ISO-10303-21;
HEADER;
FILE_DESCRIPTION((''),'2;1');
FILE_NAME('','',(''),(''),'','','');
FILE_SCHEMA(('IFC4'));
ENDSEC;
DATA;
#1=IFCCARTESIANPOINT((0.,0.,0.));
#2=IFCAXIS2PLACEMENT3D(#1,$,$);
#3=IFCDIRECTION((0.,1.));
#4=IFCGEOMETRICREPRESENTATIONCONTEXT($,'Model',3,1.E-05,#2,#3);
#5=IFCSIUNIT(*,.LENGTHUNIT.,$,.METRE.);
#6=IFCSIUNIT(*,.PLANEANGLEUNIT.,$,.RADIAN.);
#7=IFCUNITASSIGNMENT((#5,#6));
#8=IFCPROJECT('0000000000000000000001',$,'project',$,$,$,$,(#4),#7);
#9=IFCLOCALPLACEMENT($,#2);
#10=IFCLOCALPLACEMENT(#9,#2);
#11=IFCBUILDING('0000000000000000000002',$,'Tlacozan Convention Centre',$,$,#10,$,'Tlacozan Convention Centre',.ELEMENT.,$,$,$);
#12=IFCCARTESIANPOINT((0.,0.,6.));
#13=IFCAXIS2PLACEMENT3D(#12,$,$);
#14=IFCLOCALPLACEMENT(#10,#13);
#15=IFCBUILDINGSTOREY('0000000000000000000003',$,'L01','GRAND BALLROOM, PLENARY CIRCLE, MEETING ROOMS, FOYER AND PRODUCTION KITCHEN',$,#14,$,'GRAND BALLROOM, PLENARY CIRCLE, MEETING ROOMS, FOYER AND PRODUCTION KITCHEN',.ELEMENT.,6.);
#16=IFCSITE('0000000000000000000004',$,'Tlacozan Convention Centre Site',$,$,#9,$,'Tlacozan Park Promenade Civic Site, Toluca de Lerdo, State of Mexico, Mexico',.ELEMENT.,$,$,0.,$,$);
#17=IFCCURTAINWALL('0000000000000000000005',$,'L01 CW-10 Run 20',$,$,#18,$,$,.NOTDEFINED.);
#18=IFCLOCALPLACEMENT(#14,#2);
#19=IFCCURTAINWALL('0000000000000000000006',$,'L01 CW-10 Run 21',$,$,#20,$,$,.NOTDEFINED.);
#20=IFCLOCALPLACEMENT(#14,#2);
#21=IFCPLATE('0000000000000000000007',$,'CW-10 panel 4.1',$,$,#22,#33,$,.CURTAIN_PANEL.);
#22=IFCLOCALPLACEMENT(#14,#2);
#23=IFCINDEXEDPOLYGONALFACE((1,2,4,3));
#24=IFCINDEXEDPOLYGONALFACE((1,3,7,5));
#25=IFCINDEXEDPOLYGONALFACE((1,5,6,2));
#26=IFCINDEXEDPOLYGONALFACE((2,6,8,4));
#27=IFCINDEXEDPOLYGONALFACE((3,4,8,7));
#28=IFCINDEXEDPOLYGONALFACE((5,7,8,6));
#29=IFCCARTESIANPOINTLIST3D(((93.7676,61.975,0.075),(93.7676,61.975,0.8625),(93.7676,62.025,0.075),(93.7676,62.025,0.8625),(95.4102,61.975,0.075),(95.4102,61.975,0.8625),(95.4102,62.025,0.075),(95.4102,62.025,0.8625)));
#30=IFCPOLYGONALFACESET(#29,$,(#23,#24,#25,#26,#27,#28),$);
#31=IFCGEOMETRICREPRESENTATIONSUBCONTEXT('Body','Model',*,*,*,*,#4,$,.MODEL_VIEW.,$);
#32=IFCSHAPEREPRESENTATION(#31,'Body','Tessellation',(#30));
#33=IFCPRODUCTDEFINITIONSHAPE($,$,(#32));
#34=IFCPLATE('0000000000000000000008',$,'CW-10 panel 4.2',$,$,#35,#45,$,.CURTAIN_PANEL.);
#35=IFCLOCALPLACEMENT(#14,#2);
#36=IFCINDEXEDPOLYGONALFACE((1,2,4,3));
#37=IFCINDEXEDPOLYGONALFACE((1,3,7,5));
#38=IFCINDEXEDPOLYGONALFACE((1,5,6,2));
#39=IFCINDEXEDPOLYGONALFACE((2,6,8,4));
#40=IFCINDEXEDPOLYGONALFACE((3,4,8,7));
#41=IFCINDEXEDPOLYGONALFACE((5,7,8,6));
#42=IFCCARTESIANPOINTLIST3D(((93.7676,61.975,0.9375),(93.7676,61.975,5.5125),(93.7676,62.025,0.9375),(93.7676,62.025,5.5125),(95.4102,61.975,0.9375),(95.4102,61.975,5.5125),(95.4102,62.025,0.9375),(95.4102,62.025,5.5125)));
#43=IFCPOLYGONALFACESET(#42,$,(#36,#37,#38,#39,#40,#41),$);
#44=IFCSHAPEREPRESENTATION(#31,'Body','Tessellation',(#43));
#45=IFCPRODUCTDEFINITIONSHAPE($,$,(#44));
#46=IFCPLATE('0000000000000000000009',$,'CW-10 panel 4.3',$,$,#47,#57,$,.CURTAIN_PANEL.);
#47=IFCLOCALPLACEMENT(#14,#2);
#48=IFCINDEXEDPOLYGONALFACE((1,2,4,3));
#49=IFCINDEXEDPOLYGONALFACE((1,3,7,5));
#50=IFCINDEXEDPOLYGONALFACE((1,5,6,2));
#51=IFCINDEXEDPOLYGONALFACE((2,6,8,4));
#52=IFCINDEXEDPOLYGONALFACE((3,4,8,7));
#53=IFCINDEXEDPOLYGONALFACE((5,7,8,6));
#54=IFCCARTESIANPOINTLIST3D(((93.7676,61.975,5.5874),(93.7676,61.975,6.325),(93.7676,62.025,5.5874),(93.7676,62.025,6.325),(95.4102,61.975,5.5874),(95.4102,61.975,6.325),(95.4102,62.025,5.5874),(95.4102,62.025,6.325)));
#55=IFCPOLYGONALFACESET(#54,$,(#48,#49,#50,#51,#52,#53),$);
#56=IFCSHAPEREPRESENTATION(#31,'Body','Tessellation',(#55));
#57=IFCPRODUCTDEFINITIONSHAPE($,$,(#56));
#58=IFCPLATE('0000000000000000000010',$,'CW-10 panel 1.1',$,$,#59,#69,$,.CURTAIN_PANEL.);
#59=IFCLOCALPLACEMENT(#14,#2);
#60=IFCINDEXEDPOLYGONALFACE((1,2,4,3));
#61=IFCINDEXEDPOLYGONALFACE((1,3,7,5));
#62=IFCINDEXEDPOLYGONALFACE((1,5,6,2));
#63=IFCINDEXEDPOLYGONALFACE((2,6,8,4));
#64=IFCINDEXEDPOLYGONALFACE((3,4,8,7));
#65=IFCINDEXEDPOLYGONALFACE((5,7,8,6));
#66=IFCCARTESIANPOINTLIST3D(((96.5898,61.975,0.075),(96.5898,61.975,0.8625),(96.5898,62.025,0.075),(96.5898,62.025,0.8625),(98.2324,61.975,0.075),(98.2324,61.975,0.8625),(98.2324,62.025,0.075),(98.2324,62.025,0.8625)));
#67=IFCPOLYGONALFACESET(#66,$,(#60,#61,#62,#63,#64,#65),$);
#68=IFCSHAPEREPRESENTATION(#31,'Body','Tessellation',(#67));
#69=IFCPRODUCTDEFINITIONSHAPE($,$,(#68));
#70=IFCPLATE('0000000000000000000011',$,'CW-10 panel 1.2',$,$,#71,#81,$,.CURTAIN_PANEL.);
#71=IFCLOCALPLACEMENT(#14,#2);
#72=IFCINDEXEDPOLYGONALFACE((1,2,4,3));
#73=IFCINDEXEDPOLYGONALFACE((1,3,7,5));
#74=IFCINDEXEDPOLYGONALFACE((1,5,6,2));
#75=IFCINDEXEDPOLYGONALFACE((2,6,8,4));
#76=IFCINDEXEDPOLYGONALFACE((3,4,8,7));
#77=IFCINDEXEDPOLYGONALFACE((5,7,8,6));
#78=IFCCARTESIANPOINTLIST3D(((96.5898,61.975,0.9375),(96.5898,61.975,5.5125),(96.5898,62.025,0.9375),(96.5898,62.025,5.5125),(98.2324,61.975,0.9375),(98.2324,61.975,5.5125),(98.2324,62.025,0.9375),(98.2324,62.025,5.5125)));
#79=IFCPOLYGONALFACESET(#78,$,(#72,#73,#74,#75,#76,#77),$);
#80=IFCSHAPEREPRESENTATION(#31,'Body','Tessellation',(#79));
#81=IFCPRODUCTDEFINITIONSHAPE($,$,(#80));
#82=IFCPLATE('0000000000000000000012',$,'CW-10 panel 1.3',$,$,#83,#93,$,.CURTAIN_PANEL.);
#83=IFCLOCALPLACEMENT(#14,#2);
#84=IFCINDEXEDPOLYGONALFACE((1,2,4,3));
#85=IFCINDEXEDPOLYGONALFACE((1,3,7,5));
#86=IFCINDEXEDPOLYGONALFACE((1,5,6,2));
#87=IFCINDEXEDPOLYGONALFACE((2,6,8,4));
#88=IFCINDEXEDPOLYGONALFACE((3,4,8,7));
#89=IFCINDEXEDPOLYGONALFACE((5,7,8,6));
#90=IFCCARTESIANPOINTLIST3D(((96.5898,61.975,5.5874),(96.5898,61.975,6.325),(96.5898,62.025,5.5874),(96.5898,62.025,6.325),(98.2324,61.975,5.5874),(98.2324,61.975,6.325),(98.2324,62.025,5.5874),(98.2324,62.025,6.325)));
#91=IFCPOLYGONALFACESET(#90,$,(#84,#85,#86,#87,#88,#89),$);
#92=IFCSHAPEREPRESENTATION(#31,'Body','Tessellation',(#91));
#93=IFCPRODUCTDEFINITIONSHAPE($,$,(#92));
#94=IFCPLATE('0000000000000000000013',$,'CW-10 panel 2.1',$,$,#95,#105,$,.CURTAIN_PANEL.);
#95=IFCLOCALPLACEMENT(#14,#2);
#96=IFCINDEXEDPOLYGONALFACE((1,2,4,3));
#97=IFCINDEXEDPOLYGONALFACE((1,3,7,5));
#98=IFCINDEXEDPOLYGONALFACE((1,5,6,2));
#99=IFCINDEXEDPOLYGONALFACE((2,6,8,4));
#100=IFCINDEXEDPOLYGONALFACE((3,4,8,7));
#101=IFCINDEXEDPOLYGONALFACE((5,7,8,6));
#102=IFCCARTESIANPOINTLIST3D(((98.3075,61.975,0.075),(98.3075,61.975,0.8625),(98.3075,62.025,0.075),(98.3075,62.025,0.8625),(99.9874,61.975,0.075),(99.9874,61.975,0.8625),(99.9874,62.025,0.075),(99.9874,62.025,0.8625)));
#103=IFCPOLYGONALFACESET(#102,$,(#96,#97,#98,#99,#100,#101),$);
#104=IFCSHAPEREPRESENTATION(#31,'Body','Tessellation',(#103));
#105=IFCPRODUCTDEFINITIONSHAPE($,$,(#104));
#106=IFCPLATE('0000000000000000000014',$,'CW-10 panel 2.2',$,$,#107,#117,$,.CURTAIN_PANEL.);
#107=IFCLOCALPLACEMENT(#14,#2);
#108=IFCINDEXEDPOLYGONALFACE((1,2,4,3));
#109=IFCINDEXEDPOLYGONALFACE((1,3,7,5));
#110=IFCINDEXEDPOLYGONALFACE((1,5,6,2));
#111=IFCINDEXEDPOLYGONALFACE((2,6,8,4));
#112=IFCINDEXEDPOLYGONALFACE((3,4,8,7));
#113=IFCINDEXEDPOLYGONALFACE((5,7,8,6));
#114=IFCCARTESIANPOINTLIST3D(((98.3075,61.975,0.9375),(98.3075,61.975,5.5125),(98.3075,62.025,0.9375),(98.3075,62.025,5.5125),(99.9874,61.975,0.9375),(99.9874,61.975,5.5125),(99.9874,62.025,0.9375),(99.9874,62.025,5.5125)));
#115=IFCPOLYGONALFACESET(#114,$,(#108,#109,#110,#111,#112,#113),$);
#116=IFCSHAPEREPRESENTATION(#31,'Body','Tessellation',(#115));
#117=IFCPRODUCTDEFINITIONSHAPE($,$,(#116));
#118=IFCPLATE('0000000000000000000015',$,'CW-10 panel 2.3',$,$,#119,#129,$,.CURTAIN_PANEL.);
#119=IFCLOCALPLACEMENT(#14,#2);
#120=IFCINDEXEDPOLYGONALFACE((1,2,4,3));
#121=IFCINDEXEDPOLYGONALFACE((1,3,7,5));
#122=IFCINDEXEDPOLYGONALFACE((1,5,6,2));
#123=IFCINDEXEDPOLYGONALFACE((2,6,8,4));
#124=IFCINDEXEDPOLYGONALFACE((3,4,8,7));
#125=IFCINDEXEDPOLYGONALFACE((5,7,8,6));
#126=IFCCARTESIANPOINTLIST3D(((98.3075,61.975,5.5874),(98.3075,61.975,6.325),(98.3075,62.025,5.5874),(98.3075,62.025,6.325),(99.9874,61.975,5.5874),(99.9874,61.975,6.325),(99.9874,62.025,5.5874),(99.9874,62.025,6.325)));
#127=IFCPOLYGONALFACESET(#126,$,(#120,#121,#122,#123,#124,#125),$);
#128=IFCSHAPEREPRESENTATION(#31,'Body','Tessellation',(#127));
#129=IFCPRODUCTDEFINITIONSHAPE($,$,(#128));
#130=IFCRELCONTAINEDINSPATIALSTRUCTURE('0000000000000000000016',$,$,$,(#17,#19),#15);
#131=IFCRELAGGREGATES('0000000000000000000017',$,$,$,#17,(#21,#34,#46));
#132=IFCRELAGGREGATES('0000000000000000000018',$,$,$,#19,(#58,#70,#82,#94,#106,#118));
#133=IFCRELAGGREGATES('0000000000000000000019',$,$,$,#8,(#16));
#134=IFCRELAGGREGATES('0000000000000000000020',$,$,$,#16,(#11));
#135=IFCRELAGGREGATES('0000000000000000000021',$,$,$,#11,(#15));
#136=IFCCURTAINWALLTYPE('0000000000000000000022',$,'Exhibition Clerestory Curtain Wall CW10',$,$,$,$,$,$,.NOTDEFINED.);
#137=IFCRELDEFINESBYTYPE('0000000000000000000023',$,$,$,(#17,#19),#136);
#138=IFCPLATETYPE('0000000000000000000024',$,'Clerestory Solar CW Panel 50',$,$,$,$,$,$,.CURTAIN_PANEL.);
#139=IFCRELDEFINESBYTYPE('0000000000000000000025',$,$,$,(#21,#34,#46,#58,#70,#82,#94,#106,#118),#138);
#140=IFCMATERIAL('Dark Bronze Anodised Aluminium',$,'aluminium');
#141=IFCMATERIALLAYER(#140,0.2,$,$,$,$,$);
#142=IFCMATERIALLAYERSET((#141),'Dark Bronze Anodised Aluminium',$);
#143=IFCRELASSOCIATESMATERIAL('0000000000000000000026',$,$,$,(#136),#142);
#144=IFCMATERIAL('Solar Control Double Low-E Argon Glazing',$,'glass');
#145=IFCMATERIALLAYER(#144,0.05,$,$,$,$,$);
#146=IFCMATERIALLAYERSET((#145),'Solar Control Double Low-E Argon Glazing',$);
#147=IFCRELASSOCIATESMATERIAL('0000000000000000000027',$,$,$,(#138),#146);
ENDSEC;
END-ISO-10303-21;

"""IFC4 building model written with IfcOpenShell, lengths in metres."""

from ifc_helpers import new_model, si_unit, direction, frame, origin, origin_2d, place, context, subcontext, project, spatial, rectangle, extrude, material, layer, layer_set, type_object, element, aggregate, save


model = new_model("IFC4")

# Units and contexts
model_context = context("Model", 3, precision=1e-05, world=origin(), true_north=direction((0.0, 1.0)))
body_context = subcontext(model_context, "Body", "Model", "MODEL_VIEW")
ifc_project = project(units=[si_unit("LENGTHUNIT", "METRE"), si_unit("PLANEANGLEUNIT", "RADIAN")], contexts=[model_context])

# Site, building, storey
site_placement = place(None, origin())
site = spatial("IfcSite", under=ifc_project, at=site_placement, Name="Tlacozan Convention Centre Site", LongName="Tlacozan Park Promenade Civic Site, Toluca de Lerdo, State of Mexico, Mexico", CompositionType="ELEMENT", RefElevation=0.0)
building_placement = place(site_placement, origin())
building = spatial("IfcBuilding", under=site, at=building_placement, Name="Tlacozan Convention Centre", LongName="Tlacozan Convention Centre", CompositionType="ELEMENT")
storey_placement = place(building_placement, frame((0.0, 0.0, 6.0)))
storey = spatial("IfcBuildingStorey", under=building, at=storey_placement, Name="L01", Description="GRAND BALLROOM, PLENARY CIRCLE, MEETING ROOMS, FOYER AND PRODUCTION KITCHEN", LongName="GRAND BALLROOM, PLENARY CIRCLE, MEETING ROOMS, FOYER AND PRODUCTION KITCHEN", CompositionType="ELEMENT", Elevation=6.0)

# Curtain wall
ifc_material_1 = material(Name="Dark Bronze Anodised Aluminium", Category="aluminium")
ifc_layer_1 = layer(ifc_material_1, 0.2)
ifc_layer_set_1 = layer_set([ifc_layer_1], Name="Dark Bronze Anodised Aluminium")
curtain_wall_type = type_object("IfcCurtainWallType", Name="Exhibition Clerestory Curtain Wall CW10", PredefinedType="NOTDEFINED", material=ifc_layer_set_1)
curtain_wall_1_placement = place(storey_placement, origin())
curtain_wall_1 = element("IfcCurtainWall", 1, at=curtain_wall_1_placement, inside=storey, type_object=curtain_wall_type, Name="L01 CW-10 Run 20", PredefinedType="NOTDEFINED")

# Curtain wall
curtain_wall_2_placement = place(storey_placement, origin())
curtain_wall_2 = element("IfcCurtainWall", 2, at=curtain_wall_2_placement, inside=storey, type_object=curtain_wall_type, Name="L01 CW-10 Run 21", PredefinedType="NOTDEFINED")

# Plates
ifc_material_2 = material(Name="Solar Control Double Low-E Argon Glazing", Category="glass")
ifc_layer_2 = layer(ifc_material_2, 0.05)
ifc_layer_set_2 = layer_set([ifc_layer_2], Name="Solar Control Double Low-E Argon Glazing")
plate_type = type_object("IfcPlateType", Name="Clerestory Solar CW Panel 50", PredefinedType="CURTAIN_PANEL", material=ifc_layer_set_2)
plate_1_placement = place(storey_placement, frame((94.5889, 62.0, 0.075), z_axis=(0.0, 0.0, 1.0), x_axis=(1.0, 0.0, 0.0)))
plate_1 = element("IfcPlate", 3, at=plate_1_placement, type_object=plate_type, Name="CW-10 panel 4.1", PredefinedType="CURTAIN_PANEL", context=body_context, shape_type="SweptSolid", body=[
    extrude(rectangle(XDim=1.6426, YDim=0.05, at=origin_2d()), origin(), (0.0, 0.0, 1.0), 0.7876),
])
plate_2_placement = place(storey_placement, frame((94.5889, 62.0, 0.9375), z_axis=(0.0, 0.0, 1.0), x_axis=(1.0, 0.0, 0.0)))
plate_2 = element("IfcPlate", 4, at=plate_2_placement, type_object=plate_type, Name="CW-10 panel 4.2", PredefinedType="CURTAIN_PANEL", context=body_context, shape_type="SweptSolid", body=[
    extrude(rectangle(XDim=1.6426, YDim=0.05, at=origin_2d()), origin(), (0.0, 0.0, 1.0), 4.575),
])
plate_3_placement = place(storey_placement, frame((94.5889, 62.0, 5.5874), z_axis=(0.0, 0.0, 1.0), x_axis=(1.0, 0.0, 0.0)))
plate_3 = element("IfcPlate", 5, at=plate_3_placement, type_object=plate_type, Name="CW-10 panel 4.3", PredefinedType="CURTAIN_PANEL", context=body_context, shape_type="SweptSolid", body=[
    extrude(rectangle(XDim=1.6426, YDim=0.05, at=origin_2d()), origin(), (0.0, 0.0, 1.0), 0.7375),
])
aggregate(curtain_wall_1, [plate_1, plate_2, plate_3])
plate_4_placement = place(storey_placement, frame((97.4111, 62.0, 0.075), z_axis=(0.0, 0.0, 1.0), x_axis=(1.0, 0.0, 0.0)))
plate_4 = element("IfcPlate", 6, at=plate_4_placement, type_object=plate_type, Name="CW-10 panel 1.1", PredefinedType="CURTAIN_PANEL", context=body_context, shape_type="SweptSolid", body=[
    extrude(rectangle(XDim=1.6426, YDim=0.05, at=origin_2d()), origin(), (0.0, 0.0, 1.0), 0.7876),
])
plate_5_placement = place(storey_placement, frame((97.4111, 62.0, 0.9375), z_axis=(0.0, 0.0, 1.0), x_axis=(1.0, 0.0, 0.0)))
plate_5 = element("IfcPlate", 7, at=plate_5_placement, type_object=plate_type, Name="CW-10 panel 1.2", PredefinedType="CURTAIN_PANEL", context=body_context, shape_type="SweptSolid", body=[
    extrude(rectangle(XDim=1.6426, YDim=0.05, at=origin_2d()), origin(), (0.0, 0.0, 1.0), 4.575),
])
plate_6_placement = place(storey_placement, frame((97.4111, 62.0, 5.5874), z_axis=(0.0, 0.0, 1.0), x_axis=(1.0, 0.0, 0.0)))
plate_6 = element("IfcPlate", 8, at=plate_6_placement, type_object=plate_type, Name="CW-10 panel 1.3", PredefinedType="CURTAIN_PANEL", context=body_context, shape_type="SweptSolid", body=[
    extrude(rectangle(XDim=1.6426, YDim=0.05, at=origin_2d()), origin(), (0.0, 0.0, 1.0), 0.7375),
])
plate_7_placement = place(storey_placement, frame((99.1475, 62.0, 0.075), z_axis=(0.0, 0.0, 1.0), x_axis=(1.0, 0.0, 0.0)))
plate_7 = element("IfcPlate", 9, at=plate_7_placement, type_object=plate_type, Name="CW-10 panel 2.1", PredefinedType="CURTAIN_PANEL", context=body_context, shape_type="SweptSolid", body=[
    extrude(rectangle(XDim=1.6799, YDim=0.05, at=origin_2d()), origin(), (0.0, 0.0, 1.0), 0.7876),
])
plate_8_placement = place(storey_placement, frame((99.1475, 62.0, 0.9375), z_axis=(0.0, 0.0, 1.0), x_axis=(1.0, 0.0, 0.0)))
plate_8 = element("IfcPlate", 10, at=plate_8_placement, type_object=plate_type, Name="CW-10 panel 2.2", PredefinedType="CURTAIN_PANEL", context=body_context, shape_type="SweptSolid", body=[
    extrude(rectangle(XDim=1.6799, YDim=0.05, at=origin_2d()), origin(), (0.0, 0.0, 1.0), 4.575),
])
plate_9_placement = place(storey_placement, frame((99.1475, 62.0, 5.5874), z_axis=(0.0, 0.0, 1.0), x_axis=(1.0, 0.0, 0.0)))
plate_9 = element("IfcPlate", 11, at=plate_9_placement, type_object=plate_type, Name="CW-10 panel 2.3", PredefinedType="CURTAIN_PANEL", context=body_context, shape_type="SweptSolid", body=[
    extrude(rectangle(XDim=1.6799, YDim=0.05, at=origin_2d()), origin(), (0.0, 0.0, 1.0), 0.7375),
])
aggregate(curtain_wall_2, [plate_4, plate_5, plate_6, plate_7, plate_8, plate_9])

save(model, "model.ifc")
